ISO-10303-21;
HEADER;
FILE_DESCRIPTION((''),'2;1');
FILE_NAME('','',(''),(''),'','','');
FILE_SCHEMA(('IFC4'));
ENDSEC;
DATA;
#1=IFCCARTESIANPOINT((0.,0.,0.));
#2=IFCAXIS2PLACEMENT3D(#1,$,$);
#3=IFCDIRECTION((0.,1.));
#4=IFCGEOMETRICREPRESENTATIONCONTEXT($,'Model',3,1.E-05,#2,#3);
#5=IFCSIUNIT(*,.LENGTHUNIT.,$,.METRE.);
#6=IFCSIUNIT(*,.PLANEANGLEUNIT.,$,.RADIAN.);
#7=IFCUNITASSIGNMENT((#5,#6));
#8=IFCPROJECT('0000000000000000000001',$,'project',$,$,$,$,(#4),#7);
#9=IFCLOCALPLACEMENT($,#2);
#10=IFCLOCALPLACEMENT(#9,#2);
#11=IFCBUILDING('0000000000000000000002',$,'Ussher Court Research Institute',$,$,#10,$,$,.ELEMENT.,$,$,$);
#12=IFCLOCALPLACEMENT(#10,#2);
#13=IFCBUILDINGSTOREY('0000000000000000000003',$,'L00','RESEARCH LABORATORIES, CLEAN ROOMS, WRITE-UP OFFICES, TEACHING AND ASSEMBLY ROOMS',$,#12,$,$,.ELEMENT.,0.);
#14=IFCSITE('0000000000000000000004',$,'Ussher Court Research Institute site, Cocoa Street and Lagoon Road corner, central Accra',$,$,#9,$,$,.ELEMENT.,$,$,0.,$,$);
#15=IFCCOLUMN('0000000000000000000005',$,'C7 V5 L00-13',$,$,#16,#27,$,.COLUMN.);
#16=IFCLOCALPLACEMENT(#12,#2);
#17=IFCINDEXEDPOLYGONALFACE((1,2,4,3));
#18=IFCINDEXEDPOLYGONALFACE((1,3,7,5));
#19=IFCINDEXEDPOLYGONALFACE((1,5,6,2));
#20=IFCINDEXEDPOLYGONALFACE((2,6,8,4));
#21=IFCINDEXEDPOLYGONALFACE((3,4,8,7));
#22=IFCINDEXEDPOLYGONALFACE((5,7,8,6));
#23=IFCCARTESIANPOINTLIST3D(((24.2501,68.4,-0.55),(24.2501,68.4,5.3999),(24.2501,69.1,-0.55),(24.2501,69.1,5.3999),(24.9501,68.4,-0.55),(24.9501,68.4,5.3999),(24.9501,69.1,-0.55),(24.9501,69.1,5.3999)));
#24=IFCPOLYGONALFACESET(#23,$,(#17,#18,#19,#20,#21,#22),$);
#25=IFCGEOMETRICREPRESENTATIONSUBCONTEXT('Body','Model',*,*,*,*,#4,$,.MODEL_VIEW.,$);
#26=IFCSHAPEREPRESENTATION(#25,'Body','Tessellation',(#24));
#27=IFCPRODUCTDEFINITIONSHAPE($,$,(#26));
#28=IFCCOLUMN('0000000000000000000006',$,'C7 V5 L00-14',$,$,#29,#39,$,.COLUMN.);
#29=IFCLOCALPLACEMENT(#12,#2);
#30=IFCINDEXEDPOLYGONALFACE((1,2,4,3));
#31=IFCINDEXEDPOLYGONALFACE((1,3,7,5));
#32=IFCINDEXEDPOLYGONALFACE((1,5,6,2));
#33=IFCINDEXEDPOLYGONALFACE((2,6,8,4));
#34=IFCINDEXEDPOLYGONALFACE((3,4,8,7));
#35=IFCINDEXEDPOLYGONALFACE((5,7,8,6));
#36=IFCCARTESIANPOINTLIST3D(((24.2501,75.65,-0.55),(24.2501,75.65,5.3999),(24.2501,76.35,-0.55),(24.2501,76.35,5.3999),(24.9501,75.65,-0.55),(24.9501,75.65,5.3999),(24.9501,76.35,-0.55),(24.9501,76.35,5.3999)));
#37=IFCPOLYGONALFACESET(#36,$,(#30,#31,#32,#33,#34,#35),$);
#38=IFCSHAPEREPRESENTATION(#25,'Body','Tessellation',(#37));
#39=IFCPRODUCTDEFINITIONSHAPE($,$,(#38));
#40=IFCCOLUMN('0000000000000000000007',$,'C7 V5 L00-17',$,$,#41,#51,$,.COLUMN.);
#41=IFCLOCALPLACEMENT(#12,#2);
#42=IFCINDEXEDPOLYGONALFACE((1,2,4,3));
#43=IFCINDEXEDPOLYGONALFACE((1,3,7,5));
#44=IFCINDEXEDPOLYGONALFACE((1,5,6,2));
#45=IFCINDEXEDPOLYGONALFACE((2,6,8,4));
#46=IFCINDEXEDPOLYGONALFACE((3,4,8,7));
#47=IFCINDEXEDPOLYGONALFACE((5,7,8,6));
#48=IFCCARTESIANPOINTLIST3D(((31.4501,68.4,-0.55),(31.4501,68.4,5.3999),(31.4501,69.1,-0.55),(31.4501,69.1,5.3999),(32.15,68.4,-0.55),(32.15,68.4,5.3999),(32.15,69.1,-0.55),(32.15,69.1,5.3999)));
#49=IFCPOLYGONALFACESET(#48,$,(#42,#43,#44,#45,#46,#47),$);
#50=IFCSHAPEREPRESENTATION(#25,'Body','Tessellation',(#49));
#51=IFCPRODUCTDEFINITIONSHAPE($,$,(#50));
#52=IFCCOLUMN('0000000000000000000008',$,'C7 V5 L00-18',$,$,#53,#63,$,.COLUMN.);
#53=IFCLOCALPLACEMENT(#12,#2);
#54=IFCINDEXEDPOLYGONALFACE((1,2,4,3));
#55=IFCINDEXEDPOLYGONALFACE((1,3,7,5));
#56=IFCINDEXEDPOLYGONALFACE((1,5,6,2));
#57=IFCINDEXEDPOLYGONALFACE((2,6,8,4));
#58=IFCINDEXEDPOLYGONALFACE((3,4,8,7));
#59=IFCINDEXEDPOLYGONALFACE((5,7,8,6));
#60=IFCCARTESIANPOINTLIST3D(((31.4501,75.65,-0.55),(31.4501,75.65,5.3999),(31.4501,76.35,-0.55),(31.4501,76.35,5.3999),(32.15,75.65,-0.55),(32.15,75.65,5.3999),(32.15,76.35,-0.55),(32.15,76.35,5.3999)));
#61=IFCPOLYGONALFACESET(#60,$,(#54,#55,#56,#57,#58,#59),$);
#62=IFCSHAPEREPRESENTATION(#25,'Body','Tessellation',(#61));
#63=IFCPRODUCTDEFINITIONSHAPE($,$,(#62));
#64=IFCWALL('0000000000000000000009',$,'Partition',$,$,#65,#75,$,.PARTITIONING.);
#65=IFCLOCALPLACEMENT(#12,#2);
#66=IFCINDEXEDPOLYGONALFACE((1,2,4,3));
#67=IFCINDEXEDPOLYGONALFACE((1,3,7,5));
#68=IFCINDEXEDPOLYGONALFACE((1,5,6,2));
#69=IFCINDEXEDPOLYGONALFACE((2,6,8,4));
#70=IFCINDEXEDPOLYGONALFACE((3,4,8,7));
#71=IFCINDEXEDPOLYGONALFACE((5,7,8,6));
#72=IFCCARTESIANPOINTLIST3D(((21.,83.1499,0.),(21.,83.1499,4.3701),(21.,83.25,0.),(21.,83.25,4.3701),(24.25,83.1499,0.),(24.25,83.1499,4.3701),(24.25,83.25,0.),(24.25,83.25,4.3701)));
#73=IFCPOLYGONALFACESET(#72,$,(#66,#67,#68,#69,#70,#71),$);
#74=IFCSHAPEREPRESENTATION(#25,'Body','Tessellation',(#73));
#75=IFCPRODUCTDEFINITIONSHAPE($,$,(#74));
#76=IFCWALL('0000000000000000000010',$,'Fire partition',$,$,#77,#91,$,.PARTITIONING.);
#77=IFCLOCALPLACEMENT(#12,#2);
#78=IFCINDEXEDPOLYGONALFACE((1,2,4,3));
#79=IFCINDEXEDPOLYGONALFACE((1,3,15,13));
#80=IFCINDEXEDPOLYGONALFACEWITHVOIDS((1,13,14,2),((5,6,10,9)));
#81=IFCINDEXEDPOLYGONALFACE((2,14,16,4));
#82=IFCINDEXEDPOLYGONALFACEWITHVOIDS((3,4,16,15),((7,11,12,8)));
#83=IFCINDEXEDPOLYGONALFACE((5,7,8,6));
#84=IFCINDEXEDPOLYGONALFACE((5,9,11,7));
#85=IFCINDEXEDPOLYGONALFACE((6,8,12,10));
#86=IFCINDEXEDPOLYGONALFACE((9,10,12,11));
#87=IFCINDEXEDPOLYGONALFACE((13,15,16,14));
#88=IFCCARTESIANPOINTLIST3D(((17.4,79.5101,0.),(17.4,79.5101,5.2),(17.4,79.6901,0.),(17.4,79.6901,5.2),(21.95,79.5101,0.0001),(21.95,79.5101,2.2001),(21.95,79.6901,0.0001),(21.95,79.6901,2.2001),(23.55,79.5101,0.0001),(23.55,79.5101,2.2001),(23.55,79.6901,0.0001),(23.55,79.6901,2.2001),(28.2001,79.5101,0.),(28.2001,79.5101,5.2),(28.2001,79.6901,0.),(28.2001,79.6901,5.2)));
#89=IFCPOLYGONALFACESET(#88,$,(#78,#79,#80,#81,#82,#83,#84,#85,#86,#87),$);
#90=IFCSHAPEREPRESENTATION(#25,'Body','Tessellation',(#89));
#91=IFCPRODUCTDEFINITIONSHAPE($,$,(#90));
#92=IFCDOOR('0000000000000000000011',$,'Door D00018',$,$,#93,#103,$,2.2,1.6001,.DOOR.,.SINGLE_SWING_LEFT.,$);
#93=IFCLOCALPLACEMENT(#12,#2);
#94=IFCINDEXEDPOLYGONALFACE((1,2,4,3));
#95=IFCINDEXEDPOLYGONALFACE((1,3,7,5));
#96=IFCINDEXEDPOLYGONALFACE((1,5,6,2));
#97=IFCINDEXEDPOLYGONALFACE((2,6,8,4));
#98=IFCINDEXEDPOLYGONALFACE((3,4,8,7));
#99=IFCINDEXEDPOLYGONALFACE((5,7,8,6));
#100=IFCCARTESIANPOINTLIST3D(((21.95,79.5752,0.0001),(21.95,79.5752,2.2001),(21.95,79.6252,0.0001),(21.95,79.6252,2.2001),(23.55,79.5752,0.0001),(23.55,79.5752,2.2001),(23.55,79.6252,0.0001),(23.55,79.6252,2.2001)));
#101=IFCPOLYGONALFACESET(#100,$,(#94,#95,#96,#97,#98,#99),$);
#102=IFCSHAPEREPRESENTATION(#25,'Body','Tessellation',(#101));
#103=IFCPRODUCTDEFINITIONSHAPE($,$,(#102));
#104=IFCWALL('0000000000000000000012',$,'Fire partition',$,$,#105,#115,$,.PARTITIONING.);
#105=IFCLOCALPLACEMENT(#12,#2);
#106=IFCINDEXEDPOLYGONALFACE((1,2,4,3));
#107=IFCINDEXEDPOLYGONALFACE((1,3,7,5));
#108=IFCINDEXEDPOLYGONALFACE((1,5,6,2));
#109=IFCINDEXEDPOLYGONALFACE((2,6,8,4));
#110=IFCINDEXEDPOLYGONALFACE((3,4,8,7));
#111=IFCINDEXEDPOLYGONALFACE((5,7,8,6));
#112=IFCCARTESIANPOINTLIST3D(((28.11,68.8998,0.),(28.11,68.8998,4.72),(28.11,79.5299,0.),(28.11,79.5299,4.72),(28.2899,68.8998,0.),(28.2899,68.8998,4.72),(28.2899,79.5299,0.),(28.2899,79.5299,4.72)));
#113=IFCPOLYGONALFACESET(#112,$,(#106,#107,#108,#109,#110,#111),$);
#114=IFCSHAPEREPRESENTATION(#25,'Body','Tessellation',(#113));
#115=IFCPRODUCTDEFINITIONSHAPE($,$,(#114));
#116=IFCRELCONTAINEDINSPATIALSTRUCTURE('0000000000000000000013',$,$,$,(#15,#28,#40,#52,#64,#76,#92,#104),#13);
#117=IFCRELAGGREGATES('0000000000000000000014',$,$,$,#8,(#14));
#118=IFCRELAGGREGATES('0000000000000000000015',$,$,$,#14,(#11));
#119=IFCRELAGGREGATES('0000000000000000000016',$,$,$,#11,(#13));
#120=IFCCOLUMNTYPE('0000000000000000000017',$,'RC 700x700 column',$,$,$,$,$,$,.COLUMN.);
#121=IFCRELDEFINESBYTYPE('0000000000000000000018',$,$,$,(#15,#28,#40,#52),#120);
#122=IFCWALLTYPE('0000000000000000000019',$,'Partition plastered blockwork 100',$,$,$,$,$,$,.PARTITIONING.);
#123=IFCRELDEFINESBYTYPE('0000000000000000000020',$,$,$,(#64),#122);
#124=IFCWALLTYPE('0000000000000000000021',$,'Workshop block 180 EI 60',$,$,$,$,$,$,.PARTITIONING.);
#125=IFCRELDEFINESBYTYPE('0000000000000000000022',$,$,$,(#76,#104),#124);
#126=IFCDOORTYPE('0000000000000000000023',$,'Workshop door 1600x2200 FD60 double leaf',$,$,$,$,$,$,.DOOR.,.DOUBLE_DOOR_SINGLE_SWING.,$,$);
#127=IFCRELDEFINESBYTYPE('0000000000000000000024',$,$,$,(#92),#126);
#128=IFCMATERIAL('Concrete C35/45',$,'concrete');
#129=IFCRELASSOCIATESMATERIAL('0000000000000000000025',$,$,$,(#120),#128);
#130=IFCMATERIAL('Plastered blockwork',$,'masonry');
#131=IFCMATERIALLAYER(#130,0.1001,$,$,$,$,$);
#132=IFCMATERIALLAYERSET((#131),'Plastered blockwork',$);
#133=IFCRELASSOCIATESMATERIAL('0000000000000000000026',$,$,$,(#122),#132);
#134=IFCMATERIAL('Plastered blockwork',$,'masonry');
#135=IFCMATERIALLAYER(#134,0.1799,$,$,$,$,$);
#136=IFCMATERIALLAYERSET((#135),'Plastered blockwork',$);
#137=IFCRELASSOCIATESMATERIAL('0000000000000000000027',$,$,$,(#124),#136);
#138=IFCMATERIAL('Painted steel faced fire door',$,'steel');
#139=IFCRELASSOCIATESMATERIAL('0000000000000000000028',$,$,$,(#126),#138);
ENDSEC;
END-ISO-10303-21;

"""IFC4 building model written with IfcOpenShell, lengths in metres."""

from ifc_helpers import new_model, si_unit, direction, frame, frame_2d, origin, origin_2d, place, context, subcontext, project, spatial, rectangle, extrude, material, layer, layer_set, material_profile, profile_set, type_object, element, fill, save


model = new_model("IFC4")

# Units and contexts
model_context = context("Model", 3, precision=1e-05, world=origin(), true_north=direction((0.0, 1.0)))
body_context = subcontext(model_context, "Body", "Model", "MODEL_VIEW")
ifc_project = project(units=[si_unit("LENGTHUNIT", "METRE"), si_unit("PLANEANGLEUNIT", "RADIAN")], contexts=[model_context])

# Site, building, storey
site_placement = place(None, origin())
site = spatial("IfcSite", under=ifc_project, at=site_placement, Name="Ussher Court Research Institute site, Cocoa Street and Lagoon Road corner, central Accra", CompositionType="ELEMENT", RefElevation=0.0)
building_placement = place(site_placement, origin())
building = spatial("IfcBuilding", under=site, at=building_placement, Name="Ussher Court Research Institute", CompositionType="ELEMENT")
storey_placement = place(building_placement, origin())
storey = spatial("IfcBuildingStorey", under=building, at=storey_placement, Name="L00", Description="RESEARCH LABORATORIES, CLEAN ROOMS, WRITE-UP OFFICES, TEACHING AND ASSEMBLY ROOMS", CompositionType="ELEMENT", Elevation=0.0)

# Columns
ifc_material_1 = material(Name="Concrete C35/45", Category="concrete")
ifc_material_profile_1 = material_profile(ifc_material_1, rectangle(XDim=0.7, YDim=0.7, at=origin_2d()), Name="RC 700x700")
ifc_profile_set_1 = profile_set([ifc_material_profile_1], Name="Concrete C35/45")
column_type = type_object("IfcColumnType", Name="RC 700x700 column", PredefinedType="COLUMN", material=ifc_profile_set_1)
for number, where, z_axis, x_axis, name in (
    (1, (24.6001, 68.75, -0.55), (0.0, 0.0, 1.0), (1.0, 0.0, 0.0), "C7 V5 L00-13"),
    (2, (24.6001, 76.0, -0.55), (0.0, 0.0, 1.0), (1.0, 0.0, 0.0), "C7 V5 L00-14"),
    (3, (31.8, 68.75, -0.55), (0.0, 0.0, 1.0), (1.0, 0.0, 0.0), "C7 V5 L00-17"),
    (4, (31.8, 76.0, -0.55), (0.0, 0.0, 1.0), (1.0, 0.0, 0.0), "C7 V5 L00-18"),
):
    element("IfcColumn", number, at=place(storey_placement, frame(where, z_axis=z_axis, x_axis=x_axis)), inside=storey, type_object=column_type, Name=name, PredefinedType="COLUMN", context=body_context, shape_type="SweptSolid", body=[
        extrude(rectangle(XDim=0.7, YDim=0.7, at=origin_2d()), origin(), (0.0, 0.0, 1.0), 5.95),
    ])

# Wall
ifc_material_2 = material(Name="Plastered blockwork", Category="masonry")
ifc_layer_1 = layer(ifc_material_2, 0.1001)
ifc_layer_set_1 = layer_set([ifc_layer_1], Name="Plastered blockwork")
wall_type_1 = type_object("IfcWallType", Name="Partition plastered blockwork 100", PredefinedType="PARTITIONING", material=ifc_layer_set_1)
wall_1_placement = place(storey_placement, frame((21.0, 83.2, 0.0), z_axis=(0.0, 0.0, 1.0), x_axis=(1.0, 0.0, 0.0)))
element("IfcWall", 5, at=wall_1_placement, inside=storey, type_object=wall_type_1, Name="Partition", PredefinedType="PARTITIONING", context=body_context, shape_type="SweptSolid", body=[
    extrude(rectangle(XDim=3.25, YDim=0.1001, at=frame_2d((1.625, 0.0))), origin(), (0.0, 0.0, 1.0), 4.3701),
])

# Wall, opening, door
ifc_material_3 = material(Name="Plastered blockwork", Category="masonry")
ifc_layer_2 = layer(ifc_material_3, 0.1799)
ifc_layer_set_2 = layer_set([ifc_layer_2], Name="Plastered blockwork")
wall_type_2 = type_object("IfcWallType", Name="Workshop block 180 EI 60", PredefinedType="PARTITIONING", material=ifc_layer_set_2)
wall_2_placement = place(storey_placement, frame((28.2, 79.6001, 0.0), z_axis=(0.0, 0.0, 1.0), x_axis=(-1.0, 0.0, 0.0)))
wall_2 = element("IfcWall", 6, at=wall_2_placement, inside=storey, type_object=wall_type_2, Name="Fire partition", PredefinedType="PARTITIONING", context=body_context, shape_type="SweptSolid", body=[
    extrude(rectangle(XDim=10.8, YDim=0.1799, at=frame_2d((5.3999, 0.0))), origin(), (0.0, 0.0, 1.0), 5.2),
])
opening_placement = place(wall_2_placement, frame((4.6499, 0.0, 0.0)))
opening = element("IfcOpeningElement", 7, at=opening_placement, cuts=wall_2, PredefinedType="OPENING", context=body_context, shape_type="SweptSolid", body=[
    extrude(rectangle(XDim=1.6001, YDim=2.2, at=frame_2d((0.8, 1.1001))), frame((0.0, 0.1001, 0.0), z_axis=(0.0, -1.0, 0.0), x_axis=(1.0, 0.0, 0.0)), (0.0, 0.0, 1.0), 0.2),
])
ifc_material_4 = material(Name="Painted steel faced fire door", Category="steel")
door_type = type_object("IfcDoorType", Name="Workshop door 1600x2200 FD60 double leaf", OperationType="DOUBLE_DOOR_SINGLE_SWING", PredefinedType="DOOR", material=ifc_material_4)
door_placement = place(opening_placement, origin())
door = element("IfcDoor", 8, at=door_placement, inside=storey, type_object=door_type, Name="Door D00018", OperationType="SINGLE_SWING_LEFT", OverallHeight=2.2, OverallWidth=1.6001, PredefinedType="DOOR", context=body_context, shape_type="SweptSolid", body=[
    extrude(rectangle(XDim=1.6001, YDim=2.2, at=frame_2d((0.8, 1.1001))), frame((0.0, 0.0249, 0.0), z_axis=(0.0, -1.0, 0.0), x_axis=(1.0, 0.0, 0.0)), (0.0, 0.0, 1.0), 0.05),
])
fill(opening, door)

# Wall
wall_3_placement = place(storey_placement, frame((28.2, 68.8999, 0.0), z_axis=(0.0, 0.0, 1.0), x_axis=(0.0, 1.0, 0.0)))
element("IfcWall", 9, at=wall_3_placement, inside=storey, type_object=wall_type_2, Name="Fire partition", PredefinedType="PARTITIONING", context=body_context, shape_type="SweptSolid", body=[
    extrude(rectangle(XDim=10.6301, YDim=0.1799, at=frame_2d((5.3149, 0.0))), origin(), (0.0, 0.0, 1.0), 4.72),
])

save(model, "model.ifc")
